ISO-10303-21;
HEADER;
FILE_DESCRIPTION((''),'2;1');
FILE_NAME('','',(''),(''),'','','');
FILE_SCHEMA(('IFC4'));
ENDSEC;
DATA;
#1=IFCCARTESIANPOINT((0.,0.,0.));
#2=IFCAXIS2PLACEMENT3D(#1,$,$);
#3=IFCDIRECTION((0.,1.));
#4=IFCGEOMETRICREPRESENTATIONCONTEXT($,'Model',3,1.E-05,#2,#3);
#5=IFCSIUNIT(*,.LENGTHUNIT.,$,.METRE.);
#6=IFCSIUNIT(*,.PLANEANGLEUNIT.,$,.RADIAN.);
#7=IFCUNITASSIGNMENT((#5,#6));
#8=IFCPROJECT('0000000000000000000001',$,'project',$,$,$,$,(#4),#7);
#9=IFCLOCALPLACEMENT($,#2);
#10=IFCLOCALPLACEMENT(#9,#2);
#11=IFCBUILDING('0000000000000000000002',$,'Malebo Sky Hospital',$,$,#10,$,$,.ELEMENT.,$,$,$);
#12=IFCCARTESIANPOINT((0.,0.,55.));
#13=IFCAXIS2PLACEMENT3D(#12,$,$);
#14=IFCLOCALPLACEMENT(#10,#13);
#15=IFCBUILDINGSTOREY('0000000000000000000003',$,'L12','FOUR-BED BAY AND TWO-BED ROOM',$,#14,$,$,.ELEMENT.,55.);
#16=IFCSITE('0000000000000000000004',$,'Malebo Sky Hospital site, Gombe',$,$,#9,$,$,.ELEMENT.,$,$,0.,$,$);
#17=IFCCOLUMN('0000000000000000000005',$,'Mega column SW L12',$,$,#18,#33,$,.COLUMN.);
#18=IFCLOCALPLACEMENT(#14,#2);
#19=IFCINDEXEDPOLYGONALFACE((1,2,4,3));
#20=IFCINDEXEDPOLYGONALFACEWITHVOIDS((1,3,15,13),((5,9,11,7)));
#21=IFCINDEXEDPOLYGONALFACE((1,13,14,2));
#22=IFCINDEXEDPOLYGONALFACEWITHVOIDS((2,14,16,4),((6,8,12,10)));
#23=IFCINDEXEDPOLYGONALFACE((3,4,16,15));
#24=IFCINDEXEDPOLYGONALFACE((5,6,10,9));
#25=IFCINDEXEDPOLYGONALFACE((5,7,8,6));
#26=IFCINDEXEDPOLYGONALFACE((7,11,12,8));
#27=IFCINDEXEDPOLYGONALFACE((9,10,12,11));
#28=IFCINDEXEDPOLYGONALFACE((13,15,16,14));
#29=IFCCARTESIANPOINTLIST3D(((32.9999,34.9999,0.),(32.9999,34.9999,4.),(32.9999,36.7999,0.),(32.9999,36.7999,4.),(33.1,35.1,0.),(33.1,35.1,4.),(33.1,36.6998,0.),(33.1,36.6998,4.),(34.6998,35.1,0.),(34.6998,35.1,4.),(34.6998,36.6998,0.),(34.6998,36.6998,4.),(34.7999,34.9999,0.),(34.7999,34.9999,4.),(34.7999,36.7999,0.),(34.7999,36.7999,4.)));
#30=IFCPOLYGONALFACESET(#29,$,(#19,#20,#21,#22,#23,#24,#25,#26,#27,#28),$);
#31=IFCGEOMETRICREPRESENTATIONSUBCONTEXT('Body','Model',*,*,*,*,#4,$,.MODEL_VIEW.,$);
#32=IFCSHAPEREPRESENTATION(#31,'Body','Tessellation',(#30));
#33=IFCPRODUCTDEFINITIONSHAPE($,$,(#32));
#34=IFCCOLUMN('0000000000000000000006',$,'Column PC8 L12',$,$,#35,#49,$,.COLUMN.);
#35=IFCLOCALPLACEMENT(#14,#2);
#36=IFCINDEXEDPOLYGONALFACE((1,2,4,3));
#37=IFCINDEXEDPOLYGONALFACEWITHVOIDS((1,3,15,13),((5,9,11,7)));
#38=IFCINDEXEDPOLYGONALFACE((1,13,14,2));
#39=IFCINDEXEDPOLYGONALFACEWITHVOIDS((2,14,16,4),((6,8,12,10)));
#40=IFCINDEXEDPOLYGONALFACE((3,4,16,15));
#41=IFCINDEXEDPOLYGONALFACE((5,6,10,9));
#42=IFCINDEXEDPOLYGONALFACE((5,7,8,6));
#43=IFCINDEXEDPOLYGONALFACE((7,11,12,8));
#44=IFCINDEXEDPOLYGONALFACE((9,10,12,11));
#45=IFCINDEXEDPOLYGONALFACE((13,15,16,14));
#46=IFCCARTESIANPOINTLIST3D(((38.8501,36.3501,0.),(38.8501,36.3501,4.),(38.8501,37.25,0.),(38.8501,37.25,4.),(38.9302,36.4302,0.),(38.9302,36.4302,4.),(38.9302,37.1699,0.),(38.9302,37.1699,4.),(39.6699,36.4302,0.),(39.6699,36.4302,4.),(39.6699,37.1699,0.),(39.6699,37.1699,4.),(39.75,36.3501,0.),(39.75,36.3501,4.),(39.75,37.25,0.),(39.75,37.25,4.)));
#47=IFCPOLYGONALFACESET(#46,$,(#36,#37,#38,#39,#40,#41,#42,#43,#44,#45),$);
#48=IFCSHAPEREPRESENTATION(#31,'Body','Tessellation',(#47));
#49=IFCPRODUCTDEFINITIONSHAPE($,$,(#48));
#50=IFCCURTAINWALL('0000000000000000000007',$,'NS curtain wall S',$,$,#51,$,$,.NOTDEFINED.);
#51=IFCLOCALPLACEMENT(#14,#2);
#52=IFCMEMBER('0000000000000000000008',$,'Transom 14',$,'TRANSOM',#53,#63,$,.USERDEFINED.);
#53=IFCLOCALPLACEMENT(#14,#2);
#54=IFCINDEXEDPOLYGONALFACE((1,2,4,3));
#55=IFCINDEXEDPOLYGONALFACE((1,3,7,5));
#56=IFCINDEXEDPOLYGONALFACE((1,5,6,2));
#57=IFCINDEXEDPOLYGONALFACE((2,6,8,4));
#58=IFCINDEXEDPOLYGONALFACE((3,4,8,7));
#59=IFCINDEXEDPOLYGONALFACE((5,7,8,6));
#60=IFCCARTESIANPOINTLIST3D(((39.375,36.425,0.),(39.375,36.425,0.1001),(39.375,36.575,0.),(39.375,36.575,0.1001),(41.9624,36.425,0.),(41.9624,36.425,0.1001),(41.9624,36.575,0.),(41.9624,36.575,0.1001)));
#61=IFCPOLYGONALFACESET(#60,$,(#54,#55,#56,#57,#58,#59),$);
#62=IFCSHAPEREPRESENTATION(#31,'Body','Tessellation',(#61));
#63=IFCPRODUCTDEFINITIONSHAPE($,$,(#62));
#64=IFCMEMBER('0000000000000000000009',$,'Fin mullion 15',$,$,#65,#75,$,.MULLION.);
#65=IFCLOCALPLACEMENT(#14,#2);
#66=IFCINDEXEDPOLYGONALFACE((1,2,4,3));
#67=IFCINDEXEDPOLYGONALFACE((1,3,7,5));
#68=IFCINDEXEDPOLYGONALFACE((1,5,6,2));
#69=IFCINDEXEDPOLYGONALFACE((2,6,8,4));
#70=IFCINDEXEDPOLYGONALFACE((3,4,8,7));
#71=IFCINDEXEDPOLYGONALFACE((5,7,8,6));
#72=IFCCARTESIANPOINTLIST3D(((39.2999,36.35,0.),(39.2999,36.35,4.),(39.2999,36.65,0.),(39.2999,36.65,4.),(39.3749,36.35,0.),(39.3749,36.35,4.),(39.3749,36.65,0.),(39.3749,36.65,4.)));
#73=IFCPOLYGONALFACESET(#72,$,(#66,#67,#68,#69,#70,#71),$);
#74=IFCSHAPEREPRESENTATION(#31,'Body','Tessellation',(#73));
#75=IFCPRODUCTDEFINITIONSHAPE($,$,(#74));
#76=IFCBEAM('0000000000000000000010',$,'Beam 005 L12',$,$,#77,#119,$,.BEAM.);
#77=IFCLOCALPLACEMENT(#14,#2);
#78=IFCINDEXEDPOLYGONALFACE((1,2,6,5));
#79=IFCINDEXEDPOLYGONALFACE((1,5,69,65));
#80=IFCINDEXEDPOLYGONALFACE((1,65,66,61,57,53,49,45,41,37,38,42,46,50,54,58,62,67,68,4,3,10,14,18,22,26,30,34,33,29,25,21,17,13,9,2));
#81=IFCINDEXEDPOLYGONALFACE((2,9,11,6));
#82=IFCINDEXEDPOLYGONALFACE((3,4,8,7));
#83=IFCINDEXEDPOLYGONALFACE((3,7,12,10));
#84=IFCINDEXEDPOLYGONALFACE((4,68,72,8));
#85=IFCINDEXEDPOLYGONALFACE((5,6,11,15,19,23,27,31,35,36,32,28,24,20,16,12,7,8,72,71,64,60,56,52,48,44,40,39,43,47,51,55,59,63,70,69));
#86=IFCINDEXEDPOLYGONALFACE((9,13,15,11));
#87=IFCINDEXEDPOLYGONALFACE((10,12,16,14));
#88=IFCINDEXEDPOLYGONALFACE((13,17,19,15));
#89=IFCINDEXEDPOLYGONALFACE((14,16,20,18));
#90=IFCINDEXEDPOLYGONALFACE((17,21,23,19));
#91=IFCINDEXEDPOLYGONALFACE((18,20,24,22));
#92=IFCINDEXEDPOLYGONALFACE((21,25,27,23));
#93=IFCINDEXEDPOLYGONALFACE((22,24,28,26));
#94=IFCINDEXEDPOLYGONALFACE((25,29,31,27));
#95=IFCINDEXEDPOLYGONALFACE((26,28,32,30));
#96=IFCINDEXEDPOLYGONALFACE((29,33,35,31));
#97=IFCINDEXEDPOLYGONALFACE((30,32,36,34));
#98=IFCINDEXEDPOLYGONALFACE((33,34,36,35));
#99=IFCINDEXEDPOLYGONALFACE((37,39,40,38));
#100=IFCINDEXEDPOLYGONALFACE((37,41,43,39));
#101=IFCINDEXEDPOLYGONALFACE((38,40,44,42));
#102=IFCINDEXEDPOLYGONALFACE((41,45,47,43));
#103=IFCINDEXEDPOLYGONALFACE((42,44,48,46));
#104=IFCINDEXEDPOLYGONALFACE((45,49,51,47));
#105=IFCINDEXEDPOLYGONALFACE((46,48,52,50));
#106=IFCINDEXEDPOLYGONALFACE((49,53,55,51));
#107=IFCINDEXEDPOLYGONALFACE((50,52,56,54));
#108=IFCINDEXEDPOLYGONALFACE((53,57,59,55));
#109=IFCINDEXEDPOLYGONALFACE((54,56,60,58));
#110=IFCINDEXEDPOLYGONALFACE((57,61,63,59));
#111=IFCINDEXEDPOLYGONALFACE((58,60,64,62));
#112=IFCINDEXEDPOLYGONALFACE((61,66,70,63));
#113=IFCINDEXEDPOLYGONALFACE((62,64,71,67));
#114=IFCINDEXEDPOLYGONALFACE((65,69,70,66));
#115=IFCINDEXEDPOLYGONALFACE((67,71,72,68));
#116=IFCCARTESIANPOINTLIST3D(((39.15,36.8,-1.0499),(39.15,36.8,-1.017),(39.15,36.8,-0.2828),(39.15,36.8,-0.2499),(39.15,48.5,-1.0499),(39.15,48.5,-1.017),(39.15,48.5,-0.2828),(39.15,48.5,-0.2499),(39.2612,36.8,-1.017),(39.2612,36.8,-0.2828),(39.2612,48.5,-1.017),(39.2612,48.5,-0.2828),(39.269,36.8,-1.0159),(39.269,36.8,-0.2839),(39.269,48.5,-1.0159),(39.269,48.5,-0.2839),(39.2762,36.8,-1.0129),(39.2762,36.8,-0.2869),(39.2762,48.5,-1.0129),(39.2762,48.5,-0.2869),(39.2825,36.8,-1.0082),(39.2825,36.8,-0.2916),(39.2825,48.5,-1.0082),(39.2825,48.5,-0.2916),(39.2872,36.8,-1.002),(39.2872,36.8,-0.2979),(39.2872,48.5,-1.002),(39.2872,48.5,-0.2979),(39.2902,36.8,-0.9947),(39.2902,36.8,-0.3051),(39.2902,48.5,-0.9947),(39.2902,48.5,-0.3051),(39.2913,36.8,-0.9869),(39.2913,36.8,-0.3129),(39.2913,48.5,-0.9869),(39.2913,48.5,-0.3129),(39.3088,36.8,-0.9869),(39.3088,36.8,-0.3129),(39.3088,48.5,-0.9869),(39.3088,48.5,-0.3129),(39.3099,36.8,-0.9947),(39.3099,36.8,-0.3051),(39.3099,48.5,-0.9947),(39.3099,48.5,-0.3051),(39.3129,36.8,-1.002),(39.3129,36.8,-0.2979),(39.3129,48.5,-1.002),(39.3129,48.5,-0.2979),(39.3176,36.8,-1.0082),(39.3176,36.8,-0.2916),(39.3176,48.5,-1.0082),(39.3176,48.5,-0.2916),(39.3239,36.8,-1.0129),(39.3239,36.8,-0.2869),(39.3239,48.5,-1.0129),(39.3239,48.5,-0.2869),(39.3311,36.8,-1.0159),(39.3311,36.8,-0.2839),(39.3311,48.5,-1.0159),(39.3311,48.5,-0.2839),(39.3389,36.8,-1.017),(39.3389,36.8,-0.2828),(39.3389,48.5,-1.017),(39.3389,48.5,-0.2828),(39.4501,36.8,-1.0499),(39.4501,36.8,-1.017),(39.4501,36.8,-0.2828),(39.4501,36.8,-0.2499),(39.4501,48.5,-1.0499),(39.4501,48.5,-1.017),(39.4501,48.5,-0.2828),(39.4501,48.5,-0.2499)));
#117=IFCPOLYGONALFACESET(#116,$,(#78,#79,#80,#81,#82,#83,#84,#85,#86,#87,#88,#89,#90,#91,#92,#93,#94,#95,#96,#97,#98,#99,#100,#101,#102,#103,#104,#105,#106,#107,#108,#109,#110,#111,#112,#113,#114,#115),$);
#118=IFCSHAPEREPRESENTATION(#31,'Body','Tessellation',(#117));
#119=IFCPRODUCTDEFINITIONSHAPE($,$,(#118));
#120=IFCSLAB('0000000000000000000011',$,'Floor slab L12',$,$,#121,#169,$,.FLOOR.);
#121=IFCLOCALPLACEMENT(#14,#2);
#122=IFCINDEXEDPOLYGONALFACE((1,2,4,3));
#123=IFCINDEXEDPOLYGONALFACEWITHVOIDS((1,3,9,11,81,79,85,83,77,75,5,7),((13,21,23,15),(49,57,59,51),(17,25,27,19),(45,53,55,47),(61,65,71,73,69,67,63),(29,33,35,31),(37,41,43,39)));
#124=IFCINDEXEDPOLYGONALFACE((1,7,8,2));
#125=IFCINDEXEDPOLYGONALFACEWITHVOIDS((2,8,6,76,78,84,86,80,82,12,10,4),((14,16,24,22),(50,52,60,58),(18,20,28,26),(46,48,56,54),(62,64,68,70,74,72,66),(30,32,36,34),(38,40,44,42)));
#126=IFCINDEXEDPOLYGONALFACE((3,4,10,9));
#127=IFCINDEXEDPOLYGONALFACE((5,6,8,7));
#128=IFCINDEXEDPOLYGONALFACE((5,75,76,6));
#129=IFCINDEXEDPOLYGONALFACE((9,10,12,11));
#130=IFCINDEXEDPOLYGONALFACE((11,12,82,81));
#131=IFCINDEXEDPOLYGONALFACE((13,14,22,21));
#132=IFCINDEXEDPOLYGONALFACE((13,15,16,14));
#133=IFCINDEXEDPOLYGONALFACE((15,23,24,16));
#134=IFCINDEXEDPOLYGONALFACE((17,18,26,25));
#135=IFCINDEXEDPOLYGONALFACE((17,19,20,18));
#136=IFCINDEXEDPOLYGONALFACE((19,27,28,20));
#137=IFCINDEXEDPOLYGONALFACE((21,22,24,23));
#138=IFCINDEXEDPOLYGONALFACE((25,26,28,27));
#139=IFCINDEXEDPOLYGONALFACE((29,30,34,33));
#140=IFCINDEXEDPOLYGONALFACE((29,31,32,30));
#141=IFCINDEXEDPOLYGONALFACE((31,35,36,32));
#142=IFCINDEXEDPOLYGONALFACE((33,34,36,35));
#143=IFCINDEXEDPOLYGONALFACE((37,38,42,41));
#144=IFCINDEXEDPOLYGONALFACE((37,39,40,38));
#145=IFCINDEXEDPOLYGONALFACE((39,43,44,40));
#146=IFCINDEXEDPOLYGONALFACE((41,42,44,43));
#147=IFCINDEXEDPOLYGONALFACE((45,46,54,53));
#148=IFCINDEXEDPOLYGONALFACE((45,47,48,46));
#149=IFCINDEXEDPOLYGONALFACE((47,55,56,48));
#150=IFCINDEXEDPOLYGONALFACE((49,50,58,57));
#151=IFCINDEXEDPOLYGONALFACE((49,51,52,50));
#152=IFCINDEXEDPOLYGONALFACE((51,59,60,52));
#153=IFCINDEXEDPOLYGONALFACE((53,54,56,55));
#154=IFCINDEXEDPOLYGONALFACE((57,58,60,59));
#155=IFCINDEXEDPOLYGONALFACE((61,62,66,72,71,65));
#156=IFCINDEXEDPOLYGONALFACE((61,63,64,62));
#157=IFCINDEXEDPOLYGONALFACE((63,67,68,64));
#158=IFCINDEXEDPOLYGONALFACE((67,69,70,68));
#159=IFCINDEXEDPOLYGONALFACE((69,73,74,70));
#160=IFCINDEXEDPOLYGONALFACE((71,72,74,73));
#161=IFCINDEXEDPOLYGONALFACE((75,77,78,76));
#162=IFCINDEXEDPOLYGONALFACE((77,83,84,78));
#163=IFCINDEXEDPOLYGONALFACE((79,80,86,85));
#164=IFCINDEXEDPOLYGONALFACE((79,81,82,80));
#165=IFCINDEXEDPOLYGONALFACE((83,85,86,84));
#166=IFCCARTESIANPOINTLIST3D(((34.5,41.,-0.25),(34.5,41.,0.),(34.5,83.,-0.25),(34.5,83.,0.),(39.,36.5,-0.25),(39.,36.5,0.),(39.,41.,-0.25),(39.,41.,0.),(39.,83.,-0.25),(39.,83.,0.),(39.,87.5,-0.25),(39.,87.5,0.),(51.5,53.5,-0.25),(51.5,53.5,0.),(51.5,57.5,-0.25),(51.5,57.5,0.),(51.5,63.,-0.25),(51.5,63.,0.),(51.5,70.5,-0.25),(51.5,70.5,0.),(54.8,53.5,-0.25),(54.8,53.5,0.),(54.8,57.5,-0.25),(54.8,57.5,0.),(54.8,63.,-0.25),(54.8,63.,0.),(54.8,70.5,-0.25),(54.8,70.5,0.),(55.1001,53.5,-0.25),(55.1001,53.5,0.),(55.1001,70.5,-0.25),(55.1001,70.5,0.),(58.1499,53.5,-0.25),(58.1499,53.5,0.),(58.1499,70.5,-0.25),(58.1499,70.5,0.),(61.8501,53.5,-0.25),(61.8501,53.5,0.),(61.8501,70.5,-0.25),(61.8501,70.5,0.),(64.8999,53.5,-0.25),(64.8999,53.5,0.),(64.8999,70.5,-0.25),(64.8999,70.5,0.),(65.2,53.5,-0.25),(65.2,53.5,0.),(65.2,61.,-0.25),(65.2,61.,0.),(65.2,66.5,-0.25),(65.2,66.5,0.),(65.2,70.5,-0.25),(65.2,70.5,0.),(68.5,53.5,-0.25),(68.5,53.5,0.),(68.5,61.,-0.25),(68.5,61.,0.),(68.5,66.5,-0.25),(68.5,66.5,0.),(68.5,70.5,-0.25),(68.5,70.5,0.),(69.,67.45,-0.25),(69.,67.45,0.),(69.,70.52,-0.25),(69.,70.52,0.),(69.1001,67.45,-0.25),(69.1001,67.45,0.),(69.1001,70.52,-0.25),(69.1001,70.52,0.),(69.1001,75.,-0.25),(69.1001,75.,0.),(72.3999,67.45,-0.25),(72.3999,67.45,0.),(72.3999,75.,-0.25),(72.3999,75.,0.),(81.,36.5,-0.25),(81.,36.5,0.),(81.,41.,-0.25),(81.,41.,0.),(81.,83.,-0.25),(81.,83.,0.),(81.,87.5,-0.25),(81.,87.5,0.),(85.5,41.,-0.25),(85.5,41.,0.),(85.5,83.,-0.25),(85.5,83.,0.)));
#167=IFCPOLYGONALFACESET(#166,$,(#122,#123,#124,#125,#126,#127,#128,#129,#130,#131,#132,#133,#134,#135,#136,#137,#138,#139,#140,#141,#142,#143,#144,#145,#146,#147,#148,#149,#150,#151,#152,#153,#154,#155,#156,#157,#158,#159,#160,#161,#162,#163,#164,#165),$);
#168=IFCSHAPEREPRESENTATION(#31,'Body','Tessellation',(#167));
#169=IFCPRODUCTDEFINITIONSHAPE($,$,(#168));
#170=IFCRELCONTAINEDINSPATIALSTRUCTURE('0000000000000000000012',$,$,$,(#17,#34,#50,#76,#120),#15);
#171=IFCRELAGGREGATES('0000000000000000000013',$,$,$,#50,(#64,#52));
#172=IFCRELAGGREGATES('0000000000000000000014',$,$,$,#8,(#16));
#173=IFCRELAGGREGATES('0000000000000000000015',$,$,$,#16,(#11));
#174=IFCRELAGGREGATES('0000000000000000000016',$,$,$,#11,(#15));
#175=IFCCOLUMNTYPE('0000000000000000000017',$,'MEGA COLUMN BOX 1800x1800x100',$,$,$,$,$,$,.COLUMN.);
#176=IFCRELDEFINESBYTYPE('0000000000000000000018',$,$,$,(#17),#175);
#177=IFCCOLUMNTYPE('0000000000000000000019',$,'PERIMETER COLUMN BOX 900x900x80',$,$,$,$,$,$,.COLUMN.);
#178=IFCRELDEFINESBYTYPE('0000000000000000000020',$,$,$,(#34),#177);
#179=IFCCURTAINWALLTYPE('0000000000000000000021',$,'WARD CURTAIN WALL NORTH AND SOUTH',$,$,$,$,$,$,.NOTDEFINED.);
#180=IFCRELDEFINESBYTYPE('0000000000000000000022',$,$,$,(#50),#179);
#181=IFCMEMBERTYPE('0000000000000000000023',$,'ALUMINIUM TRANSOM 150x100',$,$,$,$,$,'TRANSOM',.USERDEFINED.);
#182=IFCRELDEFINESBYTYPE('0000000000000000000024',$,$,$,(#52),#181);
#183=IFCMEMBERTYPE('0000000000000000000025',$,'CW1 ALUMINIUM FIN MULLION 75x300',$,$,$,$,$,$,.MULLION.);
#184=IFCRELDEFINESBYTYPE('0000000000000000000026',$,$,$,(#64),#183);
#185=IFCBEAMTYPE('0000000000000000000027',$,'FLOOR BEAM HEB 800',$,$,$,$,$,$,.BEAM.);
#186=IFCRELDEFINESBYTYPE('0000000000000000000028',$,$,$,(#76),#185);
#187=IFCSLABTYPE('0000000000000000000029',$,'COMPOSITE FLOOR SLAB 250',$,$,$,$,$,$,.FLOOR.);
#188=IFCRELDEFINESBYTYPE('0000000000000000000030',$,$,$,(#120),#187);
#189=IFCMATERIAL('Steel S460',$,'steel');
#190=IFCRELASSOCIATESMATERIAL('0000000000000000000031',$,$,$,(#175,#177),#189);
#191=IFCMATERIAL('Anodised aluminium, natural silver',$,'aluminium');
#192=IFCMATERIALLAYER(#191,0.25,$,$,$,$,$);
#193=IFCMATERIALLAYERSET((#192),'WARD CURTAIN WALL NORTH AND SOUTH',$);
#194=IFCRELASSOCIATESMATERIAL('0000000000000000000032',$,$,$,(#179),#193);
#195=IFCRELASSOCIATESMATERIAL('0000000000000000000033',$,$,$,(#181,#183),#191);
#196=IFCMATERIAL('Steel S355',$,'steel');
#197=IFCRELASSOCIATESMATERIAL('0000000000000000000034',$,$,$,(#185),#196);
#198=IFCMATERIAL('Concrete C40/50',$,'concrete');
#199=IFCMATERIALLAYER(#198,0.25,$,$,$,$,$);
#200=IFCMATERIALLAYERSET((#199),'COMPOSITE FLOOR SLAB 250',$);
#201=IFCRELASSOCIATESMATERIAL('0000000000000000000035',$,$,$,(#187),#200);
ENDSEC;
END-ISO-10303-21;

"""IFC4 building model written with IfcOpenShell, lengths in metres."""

from ifc_helpers import new_model, si_unit, direction, frame, origin, origin_2d, place, context, subcontext, project, spatial, polyline, rectangle, hollow_rectangle, i_section, outline, extrude, material, layer, layer_set, material_profile, profile_set, type_object, element, aggregate, save


model = new_model("IFC4")

# Units and contexts
model_context = context("Model", 3, precision=1e-05, world=origin(), true_north=direction((0.0, 1.0)))
body_context = subcontext(model_context, "Body", "Model", "MODEL_VIEW")
ifc_project = project(units=[si_unit("LENGTHUNIT", "METRE"), si_unit("PLANEANGLEUNIT", "RADIAN")], contexts=[model_context])

# Site, building, storey
site_placement = place(None, origin())
site = spatial("IfcSite", under=ifc_project, at=site_placement, Name="Malebo Sky Hospital site, Gombe", CompositionType="ELEMENT", RefElevation=0.0)
building_placement = place(site_placement, origin())
building = spatial("IfcBuilding", under=site, at=building_placement, Name="Malebo Sky Hospital", CompositionType="ELEMENT")
storey_placement = place(building_placement, frame((0.0, 0.0, 55.0)))
storey = spatial("IfcBuildingStorey", under=building, at=storey_placement, Name="L12", Description="FOUR-BED BAY AND TWO-BED ROOM", CompositionType="ELEMENT", Elevation=55.0)

# Columns
ifc_material_1 = material(Name="Steel S460", Category="steel")
ifc_material_profile_1 = material_profile(ifc_material_1, hollow_rectangle(XDim=1.8, YDim=1.8, WallThickness=0.1001, at=origin_2d()), Name="BOX 1800x1800x100")
ifc_profile_set_1 = profile_set([ifc_material_profile_1], Name="Steel S460")
column_type_1 = type_object("IfcColumnType", Name="MEGA COLUMN BOX 1800x1800x100", PredefinedType="COLUMN", material=ifc_profile_set_1)
column_1_placement = place(storey_placement, frame((33.8999, 35.8999, 0.0), z_axis=(0.0, 0.0, 1.0), x_axis=(1.0, 0.0, 0.0)))
element("IfcColumn", 1, at=column_1_placement, inside=storey, type_object=column_type_1, Name="Mega column SW L12", PredefinedType="COLUMN", context=body_context, shape_type="SweptSolid", body=[
    extrude(hollow_rectangle(XDim=1.8, YDim=1.8, WallThickness=0.1001, at=origin_2d()), origin(), (0.0, 0.0, 1.0), 4.0),
])
ifc_material_profile_2 = material_profile(ifc_material_1, hollow_rectangle(XDim=0.8999, YDim=0.8999, WallThickness=0.0801, at=origin_2d()), Name="BOX 900x900x80")
ifc_profile_set_2 = profile_set([ifc_material_profile_2], Name="Steel S460")
column_type_2 = type_object("IfcColumnType", Name="PERIMETER COLUMN BOX 900x900x80", PredefinedType="COLUMN", material=ifc_profile_set_2)
column_2_placement = place(storey_placement, frame((39.3, 36.8, 0.0), z_axis=(0.0, 0.0, 1.0), x_axis=(1.0, 0.0, 0.0)))
element("IfcColumn", 2, at=column_2_placement, inside=storey, type_object=column_type_2, Name="Column PC8 L12", PredefinedType="COLUMN", context=body_context, shape_type="SweptSolid", body=[
    extrude(hollow_rectangle(XDim=0.8999, YDim=0.8999, WallThickness=0.0801, at=origin_2d()), origin(), (0.0, 0.0, 1.0), 4.0),
])

# Curtain wall, members
ifc_material_2 = material(Name="Anodised aluminium, natural silver", Category="aluminium")
ifc_layer_1 = layer(ifc_material_2, 0.25)
ifc_layer_set_1 = layer_set([ifc_layer_1], Name="WARD CURTAIN WALL NORTH AND SOUTH")
curtain_wall_type = type_object("IfcCurtainWallType", Name="WARD CURTAIN WALL NORTH AND SOUTH", PredefinedType="NOTDEFINED", material=ifc_layer_set_1)
curtain_wall_placement = place(storey_placement, origin())
curtain_wall = element("IfcCurtainWall", 3, at=curtain_wall_placement, inside=storey, type_object=curtain_wall_type, Name="NS curtain wall S", PredefinedType="NOTDEFINED")
ifc_material_profile_3 = material_profile(ifc_material_2, rectangle(XDim=0.1499, YDim=0.1001, at=origin_2d()), Name="ALUMINIUM TRANSOM 150x100")
ifc_profile_set_3 = profile_set([ifc_material_profile_3], Name="Anodised aluminium, natural silver")
member_type_1 = type_object("IfcMemberType", Name="ALUMINIUM TRANSOM 150x100", ElementType="TRANSOM", PredefinedType="USERDEFINED", material=ifc_profile_set_3)
member_1_placement = place(storey_placement, frame((41.9624, 36.5, 0.05), z_axis=(-1.0, 0.0, 0.0), x_axis=(0.0, -1.0, 0.0)))
member_1 = element("IfcMember", 4, at=member_1_placement, type_object=member_type_1, Name="Transom 14", ObjectType="TRANSOM", PredefinedType="USERDEFINED", context=body_context, shape_type="SweptSolid", body=[
    extrude(rectangle(XDim=0.1499, YDim=0.1001, at=origin_2d()), origin(), (0.0, 0.0, 1.0), 2.5874),
])
ifc_material_profile_4 = material_profile(ifc_material_2, rectangle(XDim=0.075, YDim=0.3, at=origin_2d()), Name="CW1 ALUMINIUM FIN MULLION 75x300")
ifc_profile_set_4 = profile_set([ifc_material_profile_4], Name="Anodised aluminium, natural silver")
member_type_2 = type_object("IfcMemberType", Name="CW1 ALUMINIUM FIN MULLION 75x300", PredefinedType="MULLION", material=ifc_profile_set_4)
member_2_placement = place(storey_placement, frame((39.3374, 36.5, 0.0), z_axis=(0.0, 0.0, 1.0), x_axis=(-1.0, 0.0, 0.0)))
member_2 = element("IfcMember", 5, at=member_2_placement, type_object=member_type_2, Name="Fin mullion 15", PredefinedType="MULLION", context=body_context, shape_type="SweptSolid", body=[
    extrude(rectangle(XDim=0.075, YDim=0.3, at=origin_2d()), origin(), (0.0, 0.0, 1.0), 4.0),
])

# Beam
ifc_material_3 = material(Name="Steel S355", Category="steel")
ifc_material_profile_5 = material_profile(ifc_material_3, i_section(OverallWidth=0.3, OverallDepth=0.8, WebThickness=0.0176, FlangeThickness=0.033, FilletRadius=0.03, at=origin_2d()), Name="HEB 800")
ifc_profile_set_5 = profile_set([ifc_material_profile_5], Name="Steel S355")
beam_type = type_object("IfcBeamType", Name="FLOOR BEAM HEB 800", PredefinedType="BEAM", material=ifc_profile_set_5)
beam_placement = place(storey_placement, frame((39.3, 36.8, -0.6499), z_axis=(0.0, 1.0, 0.0), x_axis=(-1.0, 0.0, 0.0)))
element("IfcBeam", 6, at=beam_placement, inside=storey, type_object=beam_type, Name="Beam 005 L12", PredefinedType="BEAM", context=body_context, shape_type="SweptSolid", body=[
    extrude(i_section(OverallWidth=0.3, OverallDepth=0.8, WebThickness=0.0176, FlangeThickness=0.033, FilletRadius=0.03, at=origin_2d()), origin(), (0.0, 0.0, 1.0), 11.7),
])

# Slab
ifc_material_4 = material(Name="Concrete C40/50", Category="concrete")
ifc_layer_2 = layer(ifc_material_4, 0.25)
ifc_layer_set_2 = layer_set([ifc_layer_2], Name="COMPOSITE FLOOR SLAB 250")
slab_type_1 = type_object("IfcSlabType", Name="COMPOSITE FLOOR SLAB 250", PredefinedType="FLOOR", material=ifc_layer_set_2)
slab_1_placement = place(storey_placement, frame((0.0, 0.0, -0.25)))
element("IfcSlab", 7, at=slab_1_placement, inside=storey, type_object=slab_type_1, Name="Floor slab L12", PredefinedType="FLOOR", context=body_context, shape_type="SweptSolid", body=[
    extrude(outline(polyline([(39.0, 87.5), (39.0, 83.0), (34.5, 83.0), (34.5, 41.0), (39.0, 41.0), (39.0, 36.5), (81.0, 36.5), (81.0, 41.0), (85.5, 41.0), (85.5, 83.0), (81.0, 83.0), (81.0, 87.5), (39.0, 87.5)]), holes=[polyline([(55.1001, 70.5), (58.1499, 70.5), (58.1499, 53.5), (55.1001, 53.5), (55.1001, 70.5)]), polyline([(64.8999, 70.5), (64.8999, 53.5), (61.8501, 53.5), (61.8501, 70.5), (64.8999, 70.5)]), polyline([(54.8, 63.0), (51.5, 63.0), (51.5, 70.5), (54.8, 70.5), (54.8, 63.0)]), polyline([(51.5, 53.5), (51.5, 57.5), (54.8, 57.5), (54.8, 53.5), (51.5, 53.5)]), polyline([(65.2, 61.0), (68.5, 61.0), (68.5, 53.5), (65.2, 53.5), (65.2, 61.0)]), polyline([(68.5, 70.5), (68.5, 66.5), (65.2, 66.5), (65.2, 70.5), (68.5, 70.5)]), polyline([(69.0, 67.45), (69.0, 70.52), (69.1001, 70.52), (69.1001, 75.0), (72.3999, 75.0), (72.3999, 67.45), (69.1001, 67.45), (69.0, 67.45)])]), origin(), (0.0, 0.0, 1.0), 0.25),
])

aggregate(curtain_wall, [member_2, member_1])

save(model, "model.ifc")
